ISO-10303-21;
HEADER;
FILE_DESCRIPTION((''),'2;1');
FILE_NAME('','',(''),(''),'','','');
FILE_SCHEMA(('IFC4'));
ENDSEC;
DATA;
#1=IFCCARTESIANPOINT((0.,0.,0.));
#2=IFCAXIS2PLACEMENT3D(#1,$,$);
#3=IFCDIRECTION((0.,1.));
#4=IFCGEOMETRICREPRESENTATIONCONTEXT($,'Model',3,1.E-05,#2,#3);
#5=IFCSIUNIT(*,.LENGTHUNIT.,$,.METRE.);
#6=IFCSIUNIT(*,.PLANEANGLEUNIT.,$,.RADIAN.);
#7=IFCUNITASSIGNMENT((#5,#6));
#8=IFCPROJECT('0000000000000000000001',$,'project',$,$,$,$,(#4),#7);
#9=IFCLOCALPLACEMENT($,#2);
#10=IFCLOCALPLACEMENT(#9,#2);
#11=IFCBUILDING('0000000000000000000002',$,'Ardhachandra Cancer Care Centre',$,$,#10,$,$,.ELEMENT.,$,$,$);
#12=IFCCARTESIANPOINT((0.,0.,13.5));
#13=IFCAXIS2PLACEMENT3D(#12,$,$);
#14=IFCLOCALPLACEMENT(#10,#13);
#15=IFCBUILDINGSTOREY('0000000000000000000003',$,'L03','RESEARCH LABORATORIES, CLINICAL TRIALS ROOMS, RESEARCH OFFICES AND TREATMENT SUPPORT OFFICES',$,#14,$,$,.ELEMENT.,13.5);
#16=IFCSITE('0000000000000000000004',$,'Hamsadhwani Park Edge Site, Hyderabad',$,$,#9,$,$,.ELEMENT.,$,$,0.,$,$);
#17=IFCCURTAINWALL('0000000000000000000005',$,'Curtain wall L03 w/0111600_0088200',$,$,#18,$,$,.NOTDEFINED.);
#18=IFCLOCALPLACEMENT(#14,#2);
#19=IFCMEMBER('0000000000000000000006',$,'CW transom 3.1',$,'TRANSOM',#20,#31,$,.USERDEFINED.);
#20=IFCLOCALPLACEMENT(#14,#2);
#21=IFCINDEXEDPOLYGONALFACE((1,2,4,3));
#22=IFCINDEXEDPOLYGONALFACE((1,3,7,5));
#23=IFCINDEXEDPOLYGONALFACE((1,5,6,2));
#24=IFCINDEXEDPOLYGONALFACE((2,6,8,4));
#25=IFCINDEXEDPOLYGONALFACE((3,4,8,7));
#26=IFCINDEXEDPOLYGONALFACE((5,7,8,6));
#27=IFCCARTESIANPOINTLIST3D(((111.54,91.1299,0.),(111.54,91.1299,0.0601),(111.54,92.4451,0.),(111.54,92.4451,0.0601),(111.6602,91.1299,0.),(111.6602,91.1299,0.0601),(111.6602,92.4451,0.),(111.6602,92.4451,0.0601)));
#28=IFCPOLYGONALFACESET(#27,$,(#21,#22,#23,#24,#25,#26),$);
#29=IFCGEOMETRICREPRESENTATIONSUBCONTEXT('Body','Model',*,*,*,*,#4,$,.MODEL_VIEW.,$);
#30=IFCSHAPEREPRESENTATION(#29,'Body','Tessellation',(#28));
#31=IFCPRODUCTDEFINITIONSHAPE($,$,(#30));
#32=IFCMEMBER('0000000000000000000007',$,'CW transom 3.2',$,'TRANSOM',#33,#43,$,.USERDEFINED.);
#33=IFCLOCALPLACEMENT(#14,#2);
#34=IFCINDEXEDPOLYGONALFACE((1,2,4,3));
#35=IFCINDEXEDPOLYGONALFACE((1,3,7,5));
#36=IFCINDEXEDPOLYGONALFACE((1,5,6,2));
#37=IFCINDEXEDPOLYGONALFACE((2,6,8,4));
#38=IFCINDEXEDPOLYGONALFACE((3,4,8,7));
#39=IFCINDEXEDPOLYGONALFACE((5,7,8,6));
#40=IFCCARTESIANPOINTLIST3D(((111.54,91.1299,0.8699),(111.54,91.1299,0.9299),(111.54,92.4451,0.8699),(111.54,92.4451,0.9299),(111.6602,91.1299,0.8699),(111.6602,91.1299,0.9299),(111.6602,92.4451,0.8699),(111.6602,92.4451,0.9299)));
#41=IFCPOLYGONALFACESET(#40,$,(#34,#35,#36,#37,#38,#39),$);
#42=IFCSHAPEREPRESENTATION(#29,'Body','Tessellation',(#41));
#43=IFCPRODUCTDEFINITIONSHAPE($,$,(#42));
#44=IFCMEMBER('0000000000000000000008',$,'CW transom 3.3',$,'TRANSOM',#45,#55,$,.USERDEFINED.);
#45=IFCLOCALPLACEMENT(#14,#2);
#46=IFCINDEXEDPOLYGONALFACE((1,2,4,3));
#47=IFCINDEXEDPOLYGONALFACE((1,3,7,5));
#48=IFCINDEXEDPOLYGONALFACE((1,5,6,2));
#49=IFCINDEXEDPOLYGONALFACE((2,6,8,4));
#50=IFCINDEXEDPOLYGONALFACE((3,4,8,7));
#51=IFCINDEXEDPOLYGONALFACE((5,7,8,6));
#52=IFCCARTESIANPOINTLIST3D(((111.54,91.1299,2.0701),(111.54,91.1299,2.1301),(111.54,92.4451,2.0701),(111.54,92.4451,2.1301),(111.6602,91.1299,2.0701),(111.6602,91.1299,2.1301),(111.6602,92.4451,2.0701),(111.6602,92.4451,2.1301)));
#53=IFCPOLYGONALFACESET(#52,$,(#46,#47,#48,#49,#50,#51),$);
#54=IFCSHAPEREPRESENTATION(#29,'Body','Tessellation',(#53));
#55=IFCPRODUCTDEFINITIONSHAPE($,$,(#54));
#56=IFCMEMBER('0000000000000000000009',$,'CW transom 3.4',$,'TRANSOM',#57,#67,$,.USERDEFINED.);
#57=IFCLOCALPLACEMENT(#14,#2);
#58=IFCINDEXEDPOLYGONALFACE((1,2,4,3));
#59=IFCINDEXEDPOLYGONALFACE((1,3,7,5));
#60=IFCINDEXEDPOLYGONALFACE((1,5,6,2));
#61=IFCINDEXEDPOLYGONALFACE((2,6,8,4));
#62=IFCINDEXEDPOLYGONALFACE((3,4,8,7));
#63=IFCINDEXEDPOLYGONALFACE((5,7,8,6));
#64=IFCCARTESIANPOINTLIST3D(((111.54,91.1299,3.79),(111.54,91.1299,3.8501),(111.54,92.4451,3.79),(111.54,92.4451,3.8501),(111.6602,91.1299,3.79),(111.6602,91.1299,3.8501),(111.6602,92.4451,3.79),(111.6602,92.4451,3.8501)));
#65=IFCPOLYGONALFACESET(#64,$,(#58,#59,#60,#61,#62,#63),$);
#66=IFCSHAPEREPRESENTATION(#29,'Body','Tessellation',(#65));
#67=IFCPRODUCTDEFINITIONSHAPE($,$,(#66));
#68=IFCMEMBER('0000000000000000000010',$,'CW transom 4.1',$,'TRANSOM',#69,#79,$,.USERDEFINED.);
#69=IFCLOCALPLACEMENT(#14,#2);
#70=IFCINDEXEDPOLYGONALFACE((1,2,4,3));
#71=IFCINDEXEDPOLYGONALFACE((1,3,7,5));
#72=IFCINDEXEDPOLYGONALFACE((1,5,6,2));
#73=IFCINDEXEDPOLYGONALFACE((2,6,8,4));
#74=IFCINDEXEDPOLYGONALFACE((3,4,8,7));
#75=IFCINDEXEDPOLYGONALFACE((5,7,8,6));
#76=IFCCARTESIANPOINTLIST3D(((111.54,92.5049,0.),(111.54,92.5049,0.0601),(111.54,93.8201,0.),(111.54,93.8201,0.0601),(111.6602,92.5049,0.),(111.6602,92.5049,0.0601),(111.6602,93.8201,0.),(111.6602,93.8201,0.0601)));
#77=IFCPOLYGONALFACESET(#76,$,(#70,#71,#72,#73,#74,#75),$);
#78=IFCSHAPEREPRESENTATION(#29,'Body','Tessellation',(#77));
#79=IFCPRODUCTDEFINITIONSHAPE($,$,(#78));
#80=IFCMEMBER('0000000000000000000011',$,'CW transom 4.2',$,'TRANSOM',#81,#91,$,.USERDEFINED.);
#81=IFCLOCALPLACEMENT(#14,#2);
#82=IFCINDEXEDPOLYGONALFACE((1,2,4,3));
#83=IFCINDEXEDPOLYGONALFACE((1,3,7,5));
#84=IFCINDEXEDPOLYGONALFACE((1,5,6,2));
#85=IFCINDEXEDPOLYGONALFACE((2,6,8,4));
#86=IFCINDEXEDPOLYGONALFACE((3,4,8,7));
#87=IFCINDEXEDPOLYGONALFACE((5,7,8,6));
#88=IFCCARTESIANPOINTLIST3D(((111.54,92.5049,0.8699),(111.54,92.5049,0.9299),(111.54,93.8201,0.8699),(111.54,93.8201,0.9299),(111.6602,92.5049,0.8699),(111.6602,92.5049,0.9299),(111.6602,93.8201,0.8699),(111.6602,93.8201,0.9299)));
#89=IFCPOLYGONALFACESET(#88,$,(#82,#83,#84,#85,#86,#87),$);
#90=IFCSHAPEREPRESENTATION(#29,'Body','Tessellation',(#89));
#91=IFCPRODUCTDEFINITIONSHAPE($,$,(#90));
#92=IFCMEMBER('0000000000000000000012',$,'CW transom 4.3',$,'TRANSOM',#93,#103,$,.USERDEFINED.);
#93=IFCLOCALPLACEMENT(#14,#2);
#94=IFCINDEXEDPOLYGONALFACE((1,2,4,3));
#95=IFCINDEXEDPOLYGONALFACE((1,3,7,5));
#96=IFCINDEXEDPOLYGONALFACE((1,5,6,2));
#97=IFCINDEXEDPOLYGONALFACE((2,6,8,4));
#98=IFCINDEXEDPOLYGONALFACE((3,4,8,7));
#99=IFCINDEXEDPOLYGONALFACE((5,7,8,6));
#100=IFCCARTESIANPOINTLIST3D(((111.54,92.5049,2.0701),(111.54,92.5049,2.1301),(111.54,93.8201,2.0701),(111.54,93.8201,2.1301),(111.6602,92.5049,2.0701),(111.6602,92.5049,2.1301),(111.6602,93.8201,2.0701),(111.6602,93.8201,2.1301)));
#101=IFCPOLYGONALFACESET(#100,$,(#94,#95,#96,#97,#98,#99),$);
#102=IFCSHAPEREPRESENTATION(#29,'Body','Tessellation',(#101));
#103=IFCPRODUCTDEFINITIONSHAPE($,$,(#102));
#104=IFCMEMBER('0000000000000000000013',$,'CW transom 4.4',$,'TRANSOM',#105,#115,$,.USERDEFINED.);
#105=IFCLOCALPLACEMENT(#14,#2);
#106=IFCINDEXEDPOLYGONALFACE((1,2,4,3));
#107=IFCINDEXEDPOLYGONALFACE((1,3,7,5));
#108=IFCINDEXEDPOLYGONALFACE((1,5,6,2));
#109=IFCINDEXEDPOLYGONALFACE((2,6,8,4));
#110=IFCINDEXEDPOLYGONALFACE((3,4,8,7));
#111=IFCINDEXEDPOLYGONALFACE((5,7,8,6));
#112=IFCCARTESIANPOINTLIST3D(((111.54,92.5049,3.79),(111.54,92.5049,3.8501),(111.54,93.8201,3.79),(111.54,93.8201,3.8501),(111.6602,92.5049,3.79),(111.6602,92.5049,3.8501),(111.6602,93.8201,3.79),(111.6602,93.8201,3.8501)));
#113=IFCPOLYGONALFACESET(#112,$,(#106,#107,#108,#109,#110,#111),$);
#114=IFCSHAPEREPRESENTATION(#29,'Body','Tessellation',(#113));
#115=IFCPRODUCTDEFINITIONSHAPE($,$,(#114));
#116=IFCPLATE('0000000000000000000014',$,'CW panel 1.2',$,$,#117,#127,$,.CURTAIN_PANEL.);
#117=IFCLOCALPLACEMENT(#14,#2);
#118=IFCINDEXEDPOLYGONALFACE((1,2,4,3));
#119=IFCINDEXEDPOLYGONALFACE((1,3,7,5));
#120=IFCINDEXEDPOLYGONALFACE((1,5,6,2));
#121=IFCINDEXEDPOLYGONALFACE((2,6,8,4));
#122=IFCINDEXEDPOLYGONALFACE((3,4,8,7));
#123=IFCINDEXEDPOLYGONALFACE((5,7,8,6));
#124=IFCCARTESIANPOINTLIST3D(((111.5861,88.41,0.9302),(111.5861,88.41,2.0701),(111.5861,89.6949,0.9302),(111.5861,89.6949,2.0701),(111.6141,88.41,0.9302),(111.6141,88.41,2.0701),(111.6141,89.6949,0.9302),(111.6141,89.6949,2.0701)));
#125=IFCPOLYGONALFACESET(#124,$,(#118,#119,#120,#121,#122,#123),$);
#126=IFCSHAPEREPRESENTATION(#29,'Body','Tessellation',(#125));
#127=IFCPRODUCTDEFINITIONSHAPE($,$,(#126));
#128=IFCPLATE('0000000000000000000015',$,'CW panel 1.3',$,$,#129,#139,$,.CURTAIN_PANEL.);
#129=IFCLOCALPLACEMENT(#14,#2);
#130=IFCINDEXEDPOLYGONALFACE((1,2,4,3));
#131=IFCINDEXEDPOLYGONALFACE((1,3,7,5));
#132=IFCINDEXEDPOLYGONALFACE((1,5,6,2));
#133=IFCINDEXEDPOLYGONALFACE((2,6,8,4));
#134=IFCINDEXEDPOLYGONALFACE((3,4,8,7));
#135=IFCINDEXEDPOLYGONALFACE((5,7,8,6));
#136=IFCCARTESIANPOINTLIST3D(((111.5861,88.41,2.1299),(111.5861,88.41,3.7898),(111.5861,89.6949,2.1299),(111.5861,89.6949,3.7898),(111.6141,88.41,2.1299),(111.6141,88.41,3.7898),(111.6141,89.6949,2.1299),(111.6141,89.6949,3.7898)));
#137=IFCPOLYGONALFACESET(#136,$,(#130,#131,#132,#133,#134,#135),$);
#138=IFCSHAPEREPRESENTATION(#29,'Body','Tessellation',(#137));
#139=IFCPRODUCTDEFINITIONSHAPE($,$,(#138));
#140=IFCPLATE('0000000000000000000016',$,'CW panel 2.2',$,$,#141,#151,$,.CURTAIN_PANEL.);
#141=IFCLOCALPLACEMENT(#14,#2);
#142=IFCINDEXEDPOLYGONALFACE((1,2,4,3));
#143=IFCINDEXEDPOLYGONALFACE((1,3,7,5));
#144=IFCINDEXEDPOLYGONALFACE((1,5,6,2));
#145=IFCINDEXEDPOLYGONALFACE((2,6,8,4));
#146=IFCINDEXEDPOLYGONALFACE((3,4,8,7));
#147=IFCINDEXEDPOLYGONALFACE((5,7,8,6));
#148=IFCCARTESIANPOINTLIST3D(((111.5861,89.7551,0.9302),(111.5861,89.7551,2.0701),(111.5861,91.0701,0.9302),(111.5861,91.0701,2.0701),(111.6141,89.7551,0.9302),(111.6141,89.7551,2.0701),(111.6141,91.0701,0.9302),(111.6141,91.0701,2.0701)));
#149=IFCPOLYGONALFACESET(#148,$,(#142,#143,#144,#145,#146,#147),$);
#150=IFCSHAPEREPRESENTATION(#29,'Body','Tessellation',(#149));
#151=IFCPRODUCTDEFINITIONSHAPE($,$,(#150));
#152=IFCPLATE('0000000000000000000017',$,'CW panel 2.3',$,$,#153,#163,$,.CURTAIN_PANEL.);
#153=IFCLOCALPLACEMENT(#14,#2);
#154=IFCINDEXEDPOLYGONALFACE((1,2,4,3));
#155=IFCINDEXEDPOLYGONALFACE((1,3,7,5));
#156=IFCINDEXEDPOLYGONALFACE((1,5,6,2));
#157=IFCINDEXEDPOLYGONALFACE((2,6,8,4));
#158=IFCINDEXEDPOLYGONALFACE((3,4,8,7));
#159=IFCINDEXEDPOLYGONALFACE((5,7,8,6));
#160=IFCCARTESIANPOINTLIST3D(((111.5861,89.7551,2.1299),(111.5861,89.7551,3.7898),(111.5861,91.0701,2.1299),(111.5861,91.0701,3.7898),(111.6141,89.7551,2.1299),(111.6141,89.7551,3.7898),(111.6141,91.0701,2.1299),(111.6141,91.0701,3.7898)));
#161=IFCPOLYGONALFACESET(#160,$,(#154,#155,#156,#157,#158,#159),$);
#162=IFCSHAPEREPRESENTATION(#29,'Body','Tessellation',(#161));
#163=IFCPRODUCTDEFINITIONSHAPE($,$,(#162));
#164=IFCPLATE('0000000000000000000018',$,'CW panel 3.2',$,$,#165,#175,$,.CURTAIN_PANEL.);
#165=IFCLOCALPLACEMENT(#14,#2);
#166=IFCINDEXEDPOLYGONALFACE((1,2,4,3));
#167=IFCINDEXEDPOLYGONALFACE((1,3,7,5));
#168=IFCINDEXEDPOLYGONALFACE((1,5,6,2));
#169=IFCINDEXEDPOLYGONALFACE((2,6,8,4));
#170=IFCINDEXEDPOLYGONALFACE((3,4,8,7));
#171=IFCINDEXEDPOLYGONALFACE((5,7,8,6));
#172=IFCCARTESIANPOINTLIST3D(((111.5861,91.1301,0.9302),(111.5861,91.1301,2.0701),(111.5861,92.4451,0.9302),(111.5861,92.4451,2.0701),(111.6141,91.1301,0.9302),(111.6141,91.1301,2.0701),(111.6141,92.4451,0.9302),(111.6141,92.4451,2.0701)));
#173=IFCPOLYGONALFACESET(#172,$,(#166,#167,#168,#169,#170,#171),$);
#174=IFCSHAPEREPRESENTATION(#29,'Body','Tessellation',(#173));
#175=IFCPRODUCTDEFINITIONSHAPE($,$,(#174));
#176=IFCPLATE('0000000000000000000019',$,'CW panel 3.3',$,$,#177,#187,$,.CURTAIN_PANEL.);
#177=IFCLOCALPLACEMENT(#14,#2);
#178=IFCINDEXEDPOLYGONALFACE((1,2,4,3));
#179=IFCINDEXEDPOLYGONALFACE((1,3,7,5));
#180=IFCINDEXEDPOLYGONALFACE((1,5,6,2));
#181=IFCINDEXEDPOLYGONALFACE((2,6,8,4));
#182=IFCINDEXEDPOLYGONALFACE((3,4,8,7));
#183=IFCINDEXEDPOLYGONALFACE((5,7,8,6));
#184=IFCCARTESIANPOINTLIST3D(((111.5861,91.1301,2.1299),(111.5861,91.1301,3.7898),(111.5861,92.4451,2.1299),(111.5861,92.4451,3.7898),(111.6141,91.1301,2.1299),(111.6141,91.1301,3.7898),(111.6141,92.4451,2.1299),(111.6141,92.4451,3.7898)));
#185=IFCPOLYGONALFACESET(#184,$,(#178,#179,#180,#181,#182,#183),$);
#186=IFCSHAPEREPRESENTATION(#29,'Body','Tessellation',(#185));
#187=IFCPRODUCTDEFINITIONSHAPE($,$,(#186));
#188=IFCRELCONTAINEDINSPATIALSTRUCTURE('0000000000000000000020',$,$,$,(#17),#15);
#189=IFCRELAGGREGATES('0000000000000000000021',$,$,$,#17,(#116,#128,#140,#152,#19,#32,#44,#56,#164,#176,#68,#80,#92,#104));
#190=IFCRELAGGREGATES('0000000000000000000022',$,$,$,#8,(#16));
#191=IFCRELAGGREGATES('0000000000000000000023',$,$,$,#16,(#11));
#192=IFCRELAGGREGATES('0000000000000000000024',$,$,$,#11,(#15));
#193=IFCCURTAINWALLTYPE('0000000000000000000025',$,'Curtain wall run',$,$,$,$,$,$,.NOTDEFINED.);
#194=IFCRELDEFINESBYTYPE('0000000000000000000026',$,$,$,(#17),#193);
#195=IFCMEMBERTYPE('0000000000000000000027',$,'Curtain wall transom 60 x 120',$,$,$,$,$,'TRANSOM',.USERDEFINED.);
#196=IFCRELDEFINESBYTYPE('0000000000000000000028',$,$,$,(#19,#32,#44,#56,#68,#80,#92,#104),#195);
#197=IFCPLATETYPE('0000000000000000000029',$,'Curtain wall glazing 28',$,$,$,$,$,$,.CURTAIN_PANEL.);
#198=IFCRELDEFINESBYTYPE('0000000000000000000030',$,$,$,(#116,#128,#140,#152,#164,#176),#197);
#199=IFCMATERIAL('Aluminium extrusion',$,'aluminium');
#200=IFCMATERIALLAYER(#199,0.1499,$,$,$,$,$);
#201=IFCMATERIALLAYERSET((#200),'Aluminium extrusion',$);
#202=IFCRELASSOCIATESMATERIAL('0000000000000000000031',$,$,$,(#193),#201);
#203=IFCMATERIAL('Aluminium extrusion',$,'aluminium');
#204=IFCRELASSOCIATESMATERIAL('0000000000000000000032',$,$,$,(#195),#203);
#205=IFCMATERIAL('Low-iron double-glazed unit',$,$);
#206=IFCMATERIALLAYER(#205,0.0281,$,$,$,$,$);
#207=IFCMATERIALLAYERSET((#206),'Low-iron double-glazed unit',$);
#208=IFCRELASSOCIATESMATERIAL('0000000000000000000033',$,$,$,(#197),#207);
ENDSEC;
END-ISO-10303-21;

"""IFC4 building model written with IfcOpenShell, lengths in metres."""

from ifc_helpers import new_model, si_unit, direction, frame, origin, origin_2d, place, context, subcontext, project, spatial, rectangle, extrude, material, layer, layer_set, material_profile, profile_set, type_object, element, aggregate, save


model = new_model("IFC4")

# Units and contexts
model_context = context("Model", 3, precision=1e-05, world=origin(), true_north=direction((0.0, 1.0)))
body_context = subcontext(model_context, "Body", "Model", "MODEL_VIEW")
ifc_project = project(units=[si_unit("LENGTHUNIT", "METRE"), si_unit("PLANEANGLEUNIT", "RADIAN")], contexts=[model_context])

# Site, building, storey
site_placement = place(None, origin())
site = spatial("IfcSite", under=ifc_project, at=site_placement, Name="Hamsadhwani Park Edge Site, Hyderabad", CompositionType="ELEMENT", RefElevation=0.0)
building_placement = place(site_placement, origin())
building = spatial("IfcBuilding", under=site, at=building_placement, Name="Ardhachandra Cancer Care Centre", CompositionType="ELEMENT")
storey_placement = place(building_placement, frame((0.0, 0.0, 13.5)))
storey = spatial("IfcBuildingStorey", under=building, at=storey_placement, Name="L03", Description="RESEARCH LABORATORIES, CLINICAL TRIALS ROOMS, RESEARCH OFFICES AND TREATMENT SUPPORT OFFICES", CompositionType="ELEMENT", Elevation=13.5)

# Curtain wall, members, plates
ifc_material_1 = material(Name="Aluminium extrusion", Category="aluminium")
ifc_layer_1 = layer(ifc_material_1, 0.1499)
ifc_layer_set_1 = layer_set([ifc_layer_1], Name="Aluminium extrusion")
curtain_wall_type = type_object("IfcCurtainWallType", Name="Curtain wall run", PredefinedType="NOTDEFINED", material=ifc_layer_set_1)
curtain_wall_placement = place(storey_placement, origin())
curtain_wall = element("IfcCurtainWall", 1, at=curtain_wall_placement, inside=storey, type_object=curtain_wall_type, Name="Curtain wall L03 w/0111600_0088200", PredefinedType="NOTDEFINED")
ifc_material_2 = material(Name="Aluminium extrusion", Category="aluminium")
ifc_material_profile_1 = material_profile(ifc_material_2, rectangle(XDim=0.1201, YDim=0.0601, at=origin_2d()), Name="Curtain wall transom 60 x 120")
ifc_profile_set_1 = profile_set([ifc_material_profile_1], Name="Aluminium extrusion")
member_type_1 = type_object("IfcMemberType", Name="Curtain wall transom 60 x 120", ElementType="TRANSOM", PredefinedType="USERDEFINED", material=ifc_profile_set_1)
member_1_placement = place(storey_placement, frame((111.6001, 91.1299, 0.03), z_axis=(0.0, 1.0, 0.0), x_axis=(-1.0, 0.0, 0.0)))
member_1 = element("IfcMember", 2, at=member_1_placement, type_object=member_type_1, Name="CW transom 3.1", ObjectType="TRANSOM", PredefinedType="USERDEFINED", context=body_context, shape_type="SweptSolid", body=[
    extrude(rectangle(XDim=0.1201, YDim=0.0601, at=origin_2d()), origin(), (0.0, 0.0, 1.0), 1.3152),
])
member_2_placement = place(storey_placement, frame((111.6001, 91.1299, 0.8999), z_axis=(0.0, 1.0, 0.0), x_axis=(-1.0, 0.0, 0.0)))
member_2 = element("IfcMember", 3, at=member_2_placement, type_object=member_type_1, Name="CW transom 3.2", ObjectType="TRANSOM", PredefinedType="USERDEFINED", context=body_context, shape_type="SweptSolid", body=[
    extrude(rectangle(XDim=0.1201, YDim=0.0601, at=origin_2d()), origin(), (0.0, 0.0, 1.0), 1.3152),
])
member_3_placement = place(storey_placement, frame((111.6001, 91.1299, 2.1001), z_axis=(0.0, 1.0, 0.0), x_axis=(-1.0, 0.0, 0.0)))
member_3 = element("IfcMember", 4, at=member_3_placement, type_object=member_type_1, Name="CW transom 3.3", ObjectType="TRANSOM", PredefinedType="USERDEFINED", context=body_context, shape_type="SweptSolid", body=[
    extrude(rectangle(XDim=0.1201, YDim=0.0601, at=origin_2d()), origin(), (0.0, 0.0, 1.0), 1.3152),
])
member_4_placement = place(storey_placement, frame((111.6001, 91.1299, 3.8201), z_axis=(0.0, 1.0, 0.0), x_axis=(-1.0, 0.0, 0.0)))
member_4 = element("IfcMember", 5, at=member_4_placement, type_object=member_type_1, Name="CW transom 3.4", ObjectType="TRANSOM", PredefinedType="USERDEFINED", context=body_context, shape_type="SweptSolid", body=[
    extrude(rectangle(XDim=0.1201, YDim=0.0601, at=origin_2d()), origin(), (0.0, 0.0, 1.0), 1.3152),
])
member_5_placement = place(storey_placement, frame((111.6001, 92.5049, 0.03), z_axis=(0.0, 1.0, 0.0), x_axis=(-1.0, 0.0, 0.0)))
member_5 = element("IfcMember", 6, at=member_5_placement, type_object=member_type_1, Name="CW transom 4.1", ObjectType="TRANSOM", PredefinedType="USERDEFINED", context=body_context, shape_type="SweptSolid", body=[
    extrude(rectangle(XDim=0.1201, YDim=0.0601, at=origin_2d()), origin(), (0.0, 0.0, 1.0), 1.3152),
])
member_6_placement = place(storey_placement, frame((111.6001, 92.5049, 0.8999), z_axis=(0.0, 1.0, 0.0), x_axis=(-1.0, 0.0, 0.0)))
member_6 = element("IfcMember", 7, at=member_6_placement, type_object=member_type_1, Name="CW transom 4.2", ObjectType="TRANSOM", PredefinedType="USERDEFINED", context=body_context, shape_type="SweptSolid", body=[
    extrude(rectangle(XDim=0.1201, YDim=0.0601, at=origin_2d()), origin(), (0.0, 0.0, 1.0), 1.3152),
])
member_7_placement = place(storey_placement, frame((111.6001, 92.5049, 2.1001), z_axis=(0.0, 1.0, 0.0), x_axis=(-1.0, 0.0, 0.0)))
member_7 = element("IfcMember", 8, at=member_7_placement, type_object=member_type_1, Name="CW transom 4.3", ObjectType="TRANSOM", PredefinedType="USERDEFINED", context=body_context, shape_type="SweptSolid", body=[
    extrude(rectangle(XDim=0.1201, YDim=0.0601, at=origin_2d()), origin(), (0.0, 0.0, 1.0), 1.3152),
])
member_8_placement = place(storey_placement, frame((111.6001, 92.5049, 3.8201), z_axis=(0.0, 1.0, 0.0), x_axis=(-1.0, 0.0, 0.0)))
member_8 = element("IfcMember", 9, at=member_8_placement, type_object=member_type_1, Name="CW transom 4.4", ObjectType="TRANSOM", PredefinedType="USERDEFINED", context=body_context, shape_type="SweptSolid", body=[
    extrude(rectangle(XDim=0.1201, YDim=0.0601, at=origin_2d()), origin(), (0.0, 0.0, 1.0), 1.3152),
])
ifc_material_3 = material(Name="Low-iron double-glazed unit")
ifc_layer_2 = layer(ifc_material_3, 0.0281)
ifc_layer_set_2 = layer_set([ifc_layer_2], Name="Low-iron double-glazed unit")
plate_type_1 = type_object("IfcPlateType", Name="Curtain wall glazing 28", PredefinedType="CURTAIN_PANEL", material=ifc_layer_set_2)
plate_1_placement = place(storey_placement, frame((111.6001, 89.0525, 0.9302), z_axis=(0.0, 0.0, 1.0), x_axis=(0.0, 1.0, 0.0)))
plate_1 = element("IfcPlate", 10, at=plate_1_placement, type_object=plate_type_1, Name="CW panel 1.2", PredefinedType="CURTAIN_PANEL", context=body_context, shape_type="SweptSolid", body=[
    extrude(rectangle(XDim=1.2849, YDim=0.0281, at=origin_2d()), origin(), (0.0, 0.0, 1.0), 1.1399),
])
plate_2_placement = place(storey_placement, frame((111.6001, 89.0525, 2.1299), z_axis=(0.0, 0.0, 1.0), x_axis=(0.0, 1.0, 0.0)))
plate_2 = element("IfcPlate", 11, at=plate_2_placement, type_object=plate_type_1, Name="CW panel 1.3", PredefinedType="CURTAIN_PANEL", context=body_context, shape_type="SweptSolid", body=[
    extrude(rectangle(XDim=1.2849, YDim=0.0281, at=origin_2d()), origin(), (0.0, 0.0, 1.0), 1.6599),
])
plate_3_placement = place(storey_placement, frame((111.6001, 90.4126, 0.9302), z_axis=(0.0, 0.0, 1.0), x_axis=(0.0, 1.0, 0.0)))
plate_3 = element("IfcPlate", 12, at=plate_3_placement, type_object=plate_type_1, Name="CW panel 2.2", PredefinedType="CURTAIN_PANEL", context=body_context, shape_type="SweptSolid", body=[
    extrude(rectangle(XDim=1.3149, YDim=0.0281, at=origin_2d()), origin(), (0.0, 0.0, 1.0), 1.1399),
])
plate_4_placement = place(storey_placement, frame((111.6001, 90.4126, 2.1299), z_axis=(0.0, 0.0, 1.0), x_axis=(0.0, 1.0, 0.0)))
plate_4 = element("IfcPlate", 13, at=plate_4_placement, type_object=plate_type_1, Name="CW panel 2.3", PredefinedType="CURTAIN_PANEL", context=body_context, shape_type="SweptSolid", body=[
    extrude(rectangle(XDim=1.3149, YDim=0.0281, at=origin_2d()), origin(), (0.0, 0.0, 1.0), 1.6599),
])
plate_5_placement = place(storey_placement, frame((111.6001, 91.7876, 0.9302), z_axis=(0.0, 0.0, 1.0), x_axis=(0.0, 1.0, 0.0)))
plate_5 = element("IfcPlate", 14, at=plate_5_placement, type_object=plate_type_1, Name="CW panel 3.2", PredefinedType="CURTAIN_PANEL", context=body_context, shape_type="SweptSolid", body=[
    extrude(rectangle(XDim=1.3149, YDim=0.0281, at=origin_2d()), origin(), (0.0, 0.0, 1.0), 1.1399),
])
plate_6_placement = place(storey_placement, frame((111.6001, 91.7876, 2.1299), z_axis=(0.0, 0.0, 1.0), x_axis=(0.0, 1.0, 0.0)))
plate_6 = element("IfcPlate", 15, at=plate_6_placement, type_object=plate_type_1, Name="CW panel 3.3", PredefinedType="CURTAIN_PANEL", context=body_context, shape_type="SweptSolid", body=[
    extrude(rectangle(XDim=1.3149, YDim=0.0281, at=origin_2d()), origin(), (0.0, 0.0, 1.0), 1.6599),
])
aggregate(curtain_wall, [plate_1, plate_2, plate_3, plate_4, member_1, member_2, member_3, member_4, plate_5, plate_6, member_5, member_6, member_7, member_8])

save(model, "model.ifc")
